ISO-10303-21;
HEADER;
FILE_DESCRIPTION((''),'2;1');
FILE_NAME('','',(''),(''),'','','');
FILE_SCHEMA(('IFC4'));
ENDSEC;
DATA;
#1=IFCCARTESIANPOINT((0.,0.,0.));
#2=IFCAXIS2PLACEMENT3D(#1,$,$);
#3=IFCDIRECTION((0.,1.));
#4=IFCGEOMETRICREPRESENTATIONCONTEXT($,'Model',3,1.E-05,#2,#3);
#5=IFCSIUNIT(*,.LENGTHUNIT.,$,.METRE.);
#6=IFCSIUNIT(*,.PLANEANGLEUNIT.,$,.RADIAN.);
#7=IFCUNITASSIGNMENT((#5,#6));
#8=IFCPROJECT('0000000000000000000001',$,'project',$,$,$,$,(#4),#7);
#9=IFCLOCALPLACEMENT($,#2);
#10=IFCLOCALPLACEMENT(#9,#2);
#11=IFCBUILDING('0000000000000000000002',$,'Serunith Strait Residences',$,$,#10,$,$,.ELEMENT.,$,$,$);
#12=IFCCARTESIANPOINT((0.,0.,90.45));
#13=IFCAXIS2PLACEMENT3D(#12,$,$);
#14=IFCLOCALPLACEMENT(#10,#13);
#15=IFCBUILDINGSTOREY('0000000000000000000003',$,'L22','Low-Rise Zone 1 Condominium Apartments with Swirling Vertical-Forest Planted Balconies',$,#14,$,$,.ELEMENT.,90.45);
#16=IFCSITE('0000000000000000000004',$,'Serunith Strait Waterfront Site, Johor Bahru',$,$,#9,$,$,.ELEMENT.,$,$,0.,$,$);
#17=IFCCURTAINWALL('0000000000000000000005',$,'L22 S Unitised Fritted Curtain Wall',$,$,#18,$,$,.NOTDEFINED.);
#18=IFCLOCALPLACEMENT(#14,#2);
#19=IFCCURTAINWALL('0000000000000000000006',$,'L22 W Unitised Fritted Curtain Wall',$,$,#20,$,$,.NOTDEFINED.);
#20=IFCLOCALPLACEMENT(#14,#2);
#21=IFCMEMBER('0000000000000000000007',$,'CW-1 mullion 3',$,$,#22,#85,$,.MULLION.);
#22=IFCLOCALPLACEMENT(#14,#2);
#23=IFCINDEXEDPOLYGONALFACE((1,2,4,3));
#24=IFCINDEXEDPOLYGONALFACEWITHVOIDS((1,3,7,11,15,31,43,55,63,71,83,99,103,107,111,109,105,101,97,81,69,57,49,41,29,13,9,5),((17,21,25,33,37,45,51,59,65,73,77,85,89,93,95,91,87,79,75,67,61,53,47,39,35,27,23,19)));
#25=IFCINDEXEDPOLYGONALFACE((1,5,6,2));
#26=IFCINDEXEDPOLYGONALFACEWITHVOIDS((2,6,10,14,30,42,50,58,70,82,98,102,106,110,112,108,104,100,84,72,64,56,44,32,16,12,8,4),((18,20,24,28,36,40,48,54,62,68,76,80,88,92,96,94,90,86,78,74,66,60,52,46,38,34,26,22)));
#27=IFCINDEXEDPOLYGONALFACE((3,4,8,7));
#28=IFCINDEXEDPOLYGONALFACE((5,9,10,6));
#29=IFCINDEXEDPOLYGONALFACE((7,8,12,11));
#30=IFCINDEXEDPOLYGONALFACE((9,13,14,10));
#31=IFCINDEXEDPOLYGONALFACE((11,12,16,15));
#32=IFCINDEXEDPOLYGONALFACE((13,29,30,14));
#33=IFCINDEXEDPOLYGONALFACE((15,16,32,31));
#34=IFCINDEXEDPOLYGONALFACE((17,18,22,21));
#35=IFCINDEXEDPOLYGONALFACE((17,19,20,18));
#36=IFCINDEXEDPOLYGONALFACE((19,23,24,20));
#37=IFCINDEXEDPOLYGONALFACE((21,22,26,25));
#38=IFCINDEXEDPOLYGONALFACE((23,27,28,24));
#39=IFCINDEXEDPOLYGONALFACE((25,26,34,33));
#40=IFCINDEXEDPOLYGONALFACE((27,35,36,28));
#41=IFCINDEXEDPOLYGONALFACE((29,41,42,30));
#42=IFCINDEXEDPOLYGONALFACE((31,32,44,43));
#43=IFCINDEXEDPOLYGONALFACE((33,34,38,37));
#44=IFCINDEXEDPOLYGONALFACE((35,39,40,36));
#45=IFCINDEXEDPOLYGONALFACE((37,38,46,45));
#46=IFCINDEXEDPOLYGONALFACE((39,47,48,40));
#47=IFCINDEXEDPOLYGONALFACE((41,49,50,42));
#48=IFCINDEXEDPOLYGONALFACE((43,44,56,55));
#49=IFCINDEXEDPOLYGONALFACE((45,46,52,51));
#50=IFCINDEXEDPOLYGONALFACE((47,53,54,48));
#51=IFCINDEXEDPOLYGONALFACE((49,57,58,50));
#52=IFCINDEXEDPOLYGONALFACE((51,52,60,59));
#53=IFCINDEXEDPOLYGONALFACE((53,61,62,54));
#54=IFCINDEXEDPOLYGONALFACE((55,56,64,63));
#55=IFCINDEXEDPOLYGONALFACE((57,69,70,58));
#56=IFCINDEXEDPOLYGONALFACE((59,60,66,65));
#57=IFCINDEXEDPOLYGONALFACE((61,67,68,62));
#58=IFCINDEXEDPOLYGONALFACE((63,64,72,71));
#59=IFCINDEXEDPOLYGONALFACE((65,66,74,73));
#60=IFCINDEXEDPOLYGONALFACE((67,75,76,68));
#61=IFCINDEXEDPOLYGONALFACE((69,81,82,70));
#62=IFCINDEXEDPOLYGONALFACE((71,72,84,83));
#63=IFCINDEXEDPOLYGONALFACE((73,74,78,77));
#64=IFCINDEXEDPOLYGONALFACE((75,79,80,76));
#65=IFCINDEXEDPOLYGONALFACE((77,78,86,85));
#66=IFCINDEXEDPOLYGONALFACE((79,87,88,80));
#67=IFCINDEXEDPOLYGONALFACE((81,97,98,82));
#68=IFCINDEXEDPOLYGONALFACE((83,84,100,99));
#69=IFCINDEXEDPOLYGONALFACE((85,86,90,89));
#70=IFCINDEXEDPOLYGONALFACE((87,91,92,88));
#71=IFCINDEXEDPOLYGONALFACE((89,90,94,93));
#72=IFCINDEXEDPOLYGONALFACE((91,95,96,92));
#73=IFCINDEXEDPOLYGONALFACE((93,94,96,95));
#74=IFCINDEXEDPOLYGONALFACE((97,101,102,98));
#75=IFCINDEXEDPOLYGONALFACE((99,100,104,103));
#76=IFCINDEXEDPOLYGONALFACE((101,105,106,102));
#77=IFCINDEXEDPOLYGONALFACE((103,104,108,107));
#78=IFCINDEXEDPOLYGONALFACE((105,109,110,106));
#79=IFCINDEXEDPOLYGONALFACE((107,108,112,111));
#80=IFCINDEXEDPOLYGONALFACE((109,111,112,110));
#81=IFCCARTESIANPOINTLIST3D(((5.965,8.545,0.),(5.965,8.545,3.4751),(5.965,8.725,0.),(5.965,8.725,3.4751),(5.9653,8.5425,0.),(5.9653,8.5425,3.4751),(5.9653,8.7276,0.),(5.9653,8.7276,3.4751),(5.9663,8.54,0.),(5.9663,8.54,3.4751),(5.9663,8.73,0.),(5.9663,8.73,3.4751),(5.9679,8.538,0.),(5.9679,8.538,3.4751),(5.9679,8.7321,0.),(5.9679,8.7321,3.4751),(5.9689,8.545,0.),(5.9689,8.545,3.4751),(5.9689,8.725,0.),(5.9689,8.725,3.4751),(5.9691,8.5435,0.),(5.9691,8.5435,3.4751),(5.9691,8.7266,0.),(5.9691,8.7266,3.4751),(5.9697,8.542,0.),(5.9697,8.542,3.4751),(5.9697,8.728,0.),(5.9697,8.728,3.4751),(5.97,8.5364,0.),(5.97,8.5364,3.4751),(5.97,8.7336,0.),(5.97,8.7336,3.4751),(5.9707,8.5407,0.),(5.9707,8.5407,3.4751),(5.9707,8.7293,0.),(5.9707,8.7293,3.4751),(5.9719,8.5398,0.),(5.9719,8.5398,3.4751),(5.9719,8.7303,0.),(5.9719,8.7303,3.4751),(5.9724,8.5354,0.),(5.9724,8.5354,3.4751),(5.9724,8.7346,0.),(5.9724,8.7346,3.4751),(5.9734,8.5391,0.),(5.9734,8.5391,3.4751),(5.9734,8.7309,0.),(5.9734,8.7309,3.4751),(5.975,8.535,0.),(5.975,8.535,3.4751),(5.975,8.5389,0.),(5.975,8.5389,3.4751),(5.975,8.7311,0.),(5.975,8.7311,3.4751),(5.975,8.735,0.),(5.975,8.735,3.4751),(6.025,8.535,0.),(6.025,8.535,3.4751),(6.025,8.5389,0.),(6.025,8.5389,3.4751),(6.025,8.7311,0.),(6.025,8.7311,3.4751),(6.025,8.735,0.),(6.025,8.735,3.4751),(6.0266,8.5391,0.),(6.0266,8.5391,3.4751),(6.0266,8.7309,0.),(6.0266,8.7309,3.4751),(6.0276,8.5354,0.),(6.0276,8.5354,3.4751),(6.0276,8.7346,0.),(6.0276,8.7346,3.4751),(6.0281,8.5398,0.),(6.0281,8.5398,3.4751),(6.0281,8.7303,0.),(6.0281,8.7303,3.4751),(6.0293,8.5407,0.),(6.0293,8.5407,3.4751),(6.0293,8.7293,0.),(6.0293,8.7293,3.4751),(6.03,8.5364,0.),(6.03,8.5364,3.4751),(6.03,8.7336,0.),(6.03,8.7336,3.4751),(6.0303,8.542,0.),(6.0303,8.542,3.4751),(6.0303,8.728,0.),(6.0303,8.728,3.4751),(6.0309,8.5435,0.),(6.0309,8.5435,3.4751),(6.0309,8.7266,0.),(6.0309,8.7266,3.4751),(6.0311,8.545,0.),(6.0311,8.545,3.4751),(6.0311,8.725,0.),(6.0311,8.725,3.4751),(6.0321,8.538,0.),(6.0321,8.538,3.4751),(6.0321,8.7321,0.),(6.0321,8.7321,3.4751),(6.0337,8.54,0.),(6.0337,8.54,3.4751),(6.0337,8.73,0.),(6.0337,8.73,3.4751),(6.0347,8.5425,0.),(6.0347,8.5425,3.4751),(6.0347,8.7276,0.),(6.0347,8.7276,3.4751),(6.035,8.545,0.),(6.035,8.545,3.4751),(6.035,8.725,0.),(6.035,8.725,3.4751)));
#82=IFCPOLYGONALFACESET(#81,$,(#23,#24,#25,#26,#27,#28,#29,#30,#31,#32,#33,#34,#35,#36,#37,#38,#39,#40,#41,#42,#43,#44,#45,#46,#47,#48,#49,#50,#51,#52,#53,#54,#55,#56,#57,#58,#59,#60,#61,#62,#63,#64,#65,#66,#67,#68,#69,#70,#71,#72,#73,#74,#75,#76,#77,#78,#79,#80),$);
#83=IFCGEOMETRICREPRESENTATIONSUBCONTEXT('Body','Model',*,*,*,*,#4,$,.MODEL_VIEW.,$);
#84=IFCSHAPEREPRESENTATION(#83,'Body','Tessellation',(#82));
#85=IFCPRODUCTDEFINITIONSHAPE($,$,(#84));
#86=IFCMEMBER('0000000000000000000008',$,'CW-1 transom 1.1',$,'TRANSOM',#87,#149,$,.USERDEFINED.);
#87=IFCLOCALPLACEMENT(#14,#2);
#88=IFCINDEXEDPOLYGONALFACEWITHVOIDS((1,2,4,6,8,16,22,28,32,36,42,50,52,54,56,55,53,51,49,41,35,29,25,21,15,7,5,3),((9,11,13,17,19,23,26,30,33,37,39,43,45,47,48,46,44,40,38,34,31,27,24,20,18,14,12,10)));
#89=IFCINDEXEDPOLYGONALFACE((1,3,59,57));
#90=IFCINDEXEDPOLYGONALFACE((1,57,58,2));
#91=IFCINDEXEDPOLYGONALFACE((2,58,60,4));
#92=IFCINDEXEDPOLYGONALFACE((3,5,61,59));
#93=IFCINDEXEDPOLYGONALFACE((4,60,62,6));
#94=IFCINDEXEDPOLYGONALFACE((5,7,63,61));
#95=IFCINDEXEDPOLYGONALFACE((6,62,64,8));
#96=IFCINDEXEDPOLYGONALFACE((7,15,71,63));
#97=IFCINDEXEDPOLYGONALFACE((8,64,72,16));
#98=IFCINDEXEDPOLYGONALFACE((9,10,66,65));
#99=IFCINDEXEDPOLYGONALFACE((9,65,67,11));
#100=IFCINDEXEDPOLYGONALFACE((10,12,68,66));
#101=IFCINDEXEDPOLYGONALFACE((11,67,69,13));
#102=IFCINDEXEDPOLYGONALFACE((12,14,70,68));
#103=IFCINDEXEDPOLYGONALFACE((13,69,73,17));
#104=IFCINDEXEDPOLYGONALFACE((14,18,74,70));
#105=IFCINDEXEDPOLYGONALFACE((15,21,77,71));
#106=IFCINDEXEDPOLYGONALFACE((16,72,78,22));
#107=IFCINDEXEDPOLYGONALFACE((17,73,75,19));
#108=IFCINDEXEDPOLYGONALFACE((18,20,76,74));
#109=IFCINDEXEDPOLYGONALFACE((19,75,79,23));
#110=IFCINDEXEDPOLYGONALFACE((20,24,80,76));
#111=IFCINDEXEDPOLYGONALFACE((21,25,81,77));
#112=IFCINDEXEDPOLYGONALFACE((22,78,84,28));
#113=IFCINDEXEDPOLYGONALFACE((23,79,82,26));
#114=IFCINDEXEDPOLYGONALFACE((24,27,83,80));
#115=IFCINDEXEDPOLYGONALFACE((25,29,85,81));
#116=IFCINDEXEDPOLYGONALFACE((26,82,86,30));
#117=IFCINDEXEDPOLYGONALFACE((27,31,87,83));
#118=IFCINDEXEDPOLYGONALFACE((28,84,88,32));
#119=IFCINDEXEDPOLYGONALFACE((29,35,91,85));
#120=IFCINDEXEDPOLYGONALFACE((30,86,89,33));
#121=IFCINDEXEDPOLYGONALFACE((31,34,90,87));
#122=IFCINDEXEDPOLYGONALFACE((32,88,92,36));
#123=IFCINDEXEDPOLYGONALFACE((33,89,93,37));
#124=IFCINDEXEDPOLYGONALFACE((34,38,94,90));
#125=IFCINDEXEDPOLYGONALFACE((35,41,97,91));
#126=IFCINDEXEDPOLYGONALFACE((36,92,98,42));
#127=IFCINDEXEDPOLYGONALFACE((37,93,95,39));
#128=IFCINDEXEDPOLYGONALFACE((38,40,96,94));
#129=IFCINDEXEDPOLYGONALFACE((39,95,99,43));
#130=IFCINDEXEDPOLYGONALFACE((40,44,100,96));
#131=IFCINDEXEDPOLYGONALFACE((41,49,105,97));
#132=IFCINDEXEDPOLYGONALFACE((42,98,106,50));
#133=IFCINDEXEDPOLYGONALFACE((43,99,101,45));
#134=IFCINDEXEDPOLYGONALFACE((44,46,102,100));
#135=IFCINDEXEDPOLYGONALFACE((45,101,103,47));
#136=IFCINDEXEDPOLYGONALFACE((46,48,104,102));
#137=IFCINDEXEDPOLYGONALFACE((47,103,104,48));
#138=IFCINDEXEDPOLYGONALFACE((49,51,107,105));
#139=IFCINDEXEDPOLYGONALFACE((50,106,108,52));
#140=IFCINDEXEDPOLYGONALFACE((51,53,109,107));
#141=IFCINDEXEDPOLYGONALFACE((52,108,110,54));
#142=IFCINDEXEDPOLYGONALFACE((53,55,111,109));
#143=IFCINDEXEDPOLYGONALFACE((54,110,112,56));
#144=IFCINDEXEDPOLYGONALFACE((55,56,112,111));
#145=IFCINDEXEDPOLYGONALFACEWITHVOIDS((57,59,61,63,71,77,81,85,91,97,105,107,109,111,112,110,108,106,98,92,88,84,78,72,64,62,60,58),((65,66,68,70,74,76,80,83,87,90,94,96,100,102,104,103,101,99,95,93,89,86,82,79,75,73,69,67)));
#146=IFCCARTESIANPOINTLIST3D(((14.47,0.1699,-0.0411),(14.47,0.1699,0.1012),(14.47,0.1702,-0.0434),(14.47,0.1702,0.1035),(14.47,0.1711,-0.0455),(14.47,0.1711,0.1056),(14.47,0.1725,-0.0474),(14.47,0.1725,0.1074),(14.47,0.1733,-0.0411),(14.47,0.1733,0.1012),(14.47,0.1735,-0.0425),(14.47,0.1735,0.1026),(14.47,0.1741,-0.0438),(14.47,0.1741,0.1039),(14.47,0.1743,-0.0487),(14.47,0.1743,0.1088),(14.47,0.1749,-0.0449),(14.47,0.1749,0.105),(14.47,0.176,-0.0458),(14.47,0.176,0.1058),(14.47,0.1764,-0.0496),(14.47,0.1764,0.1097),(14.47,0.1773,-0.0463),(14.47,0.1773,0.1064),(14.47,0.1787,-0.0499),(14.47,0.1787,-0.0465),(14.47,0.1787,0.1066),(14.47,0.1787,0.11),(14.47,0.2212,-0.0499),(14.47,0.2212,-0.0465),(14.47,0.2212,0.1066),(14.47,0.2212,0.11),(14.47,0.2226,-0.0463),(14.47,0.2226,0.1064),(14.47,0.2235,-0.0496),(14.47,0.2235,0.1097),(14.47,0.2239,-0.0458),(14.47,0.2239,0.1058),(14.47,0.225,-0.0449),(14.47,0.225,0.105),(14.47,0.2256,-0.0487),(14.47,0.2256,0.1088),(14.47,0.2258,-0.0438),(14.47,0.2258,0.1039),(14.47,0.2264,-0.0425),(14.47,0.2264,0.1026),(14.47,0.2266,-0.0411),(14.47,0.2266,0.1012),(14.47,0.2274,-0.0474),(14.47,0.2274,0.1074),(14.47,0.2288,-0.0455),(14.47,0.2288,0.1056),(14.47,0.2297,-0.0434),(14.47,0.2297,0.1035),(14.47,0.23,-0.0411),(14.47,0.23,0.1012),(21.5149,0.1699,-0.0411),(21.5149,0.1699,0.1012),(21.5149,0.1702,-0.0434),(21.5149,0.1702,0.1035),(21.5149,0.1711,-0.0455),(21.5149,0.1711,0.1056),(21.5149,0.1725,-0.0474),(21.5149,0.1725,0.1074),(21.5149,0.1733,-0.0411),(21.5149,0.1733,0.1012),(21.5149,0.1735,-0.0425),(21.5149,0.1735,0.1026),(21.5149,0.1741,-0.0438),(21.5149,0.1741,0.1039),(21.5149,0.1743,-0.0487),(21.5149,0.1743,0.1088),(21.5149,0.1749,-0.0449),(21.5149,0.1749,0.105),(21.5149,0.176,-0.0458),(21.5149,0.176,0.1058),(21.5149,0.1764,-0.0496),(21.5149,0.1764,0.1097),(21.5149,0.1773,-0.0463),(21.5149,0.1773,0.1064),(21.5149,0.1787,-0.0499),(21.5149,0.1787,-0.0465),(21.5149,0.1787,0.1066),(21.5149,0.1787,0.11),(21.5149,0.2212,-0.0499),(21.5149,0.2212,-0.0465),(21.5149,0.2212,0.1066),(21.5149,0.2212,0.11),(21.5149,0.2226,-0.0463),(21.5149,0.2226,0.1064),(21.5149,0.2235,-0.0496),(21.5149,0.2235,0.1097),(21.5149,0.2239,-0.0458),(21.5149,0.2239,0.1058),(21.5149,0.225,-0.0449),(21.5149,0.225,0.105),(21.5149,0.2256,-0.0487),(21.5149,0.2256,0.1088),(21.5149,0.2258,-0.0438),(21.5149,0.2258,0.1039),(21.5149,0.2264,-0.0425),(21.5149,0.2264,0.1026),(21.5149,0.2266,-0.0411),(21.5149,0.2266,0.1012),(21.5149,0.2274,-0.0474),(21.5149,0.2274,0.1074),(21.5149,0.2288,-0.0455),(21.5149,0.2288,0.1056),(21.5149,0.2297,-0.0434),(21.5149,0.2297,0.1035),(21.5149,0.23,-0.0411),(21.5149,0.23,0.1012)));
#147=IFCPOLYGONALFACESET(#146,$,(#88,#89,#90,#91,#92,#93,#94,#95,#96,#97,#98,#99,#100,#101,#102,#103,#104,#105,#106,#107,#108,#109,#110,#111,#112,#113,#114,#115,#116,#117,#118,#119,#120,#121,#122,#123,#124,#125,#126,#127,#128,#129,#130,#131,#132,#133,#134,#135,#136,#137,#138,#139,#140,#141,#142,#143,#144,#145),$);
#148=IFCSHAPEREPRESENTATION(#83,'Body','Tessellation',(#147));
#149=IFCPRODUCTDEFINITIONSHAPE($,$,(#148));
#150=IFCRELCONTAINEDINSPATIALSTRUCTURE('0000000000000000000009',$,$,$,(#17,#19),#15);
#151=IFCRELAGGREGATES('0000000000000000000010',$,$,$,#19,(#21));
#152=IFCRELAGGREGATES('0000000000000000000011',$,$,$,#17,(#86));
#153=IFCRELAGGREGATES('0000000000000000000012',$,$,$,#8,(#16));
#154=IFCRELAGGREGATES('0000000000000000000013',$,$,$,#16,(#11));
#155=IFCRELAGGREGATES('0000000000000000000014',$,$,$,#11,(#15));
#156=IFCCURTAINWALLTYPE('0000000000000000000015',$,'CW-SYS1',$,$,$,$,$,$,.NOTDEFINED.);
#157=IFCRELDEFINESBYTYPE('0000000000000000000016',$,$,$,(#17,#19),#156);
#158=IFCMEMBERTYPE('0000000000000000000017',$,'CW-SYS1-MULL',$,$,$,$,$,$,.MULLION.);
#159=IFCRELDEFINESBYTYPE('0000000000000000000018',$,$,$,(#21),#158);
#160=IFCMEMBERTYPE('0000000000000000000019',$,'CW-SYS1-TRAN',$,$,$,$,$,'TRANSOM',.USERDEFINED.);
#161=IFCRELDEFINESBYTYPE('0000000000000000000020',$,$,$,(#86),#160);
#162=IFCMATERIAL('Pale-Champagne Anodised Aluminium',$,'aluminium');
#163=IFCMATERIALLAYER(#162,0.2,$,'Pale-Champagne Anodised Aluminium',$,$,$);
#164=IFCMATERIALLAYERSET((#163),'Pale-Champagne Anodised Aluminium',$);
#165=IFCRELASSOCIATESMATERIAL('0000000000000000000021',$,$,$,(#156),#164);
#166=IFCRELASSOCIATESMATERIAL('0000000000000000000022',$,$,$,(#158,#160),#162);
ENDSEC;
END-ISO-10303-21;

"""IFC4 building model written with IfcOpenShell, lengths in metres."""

from ifc_helpers import new_model, si_unit, direction, frame, origin, origin_2d, place, context, subcontext, project, spatial, hollow_rectangle, extrude, source, transform, mapped, material, layer, layer_set, material_profile, profile_set, type_object, element, aggregate, save


model = new_model("IFC4")

# Units and contexts
model_context = context("Model", 3, precision=1e-05, world=origin(), true_north=direction((0.0, 1.0)))
body_context = subcontext(model_context, "Body", "Model", "MODEL_VIEW")
ifc_project = project(units=[si_unit("LENGTHUNIT", "METRE"), si_unit("PLANEANGLEUNIT", "RADIAN")], contexts=[model_context])

# Site, building, storey
site_placement = place(None, origin())
site = spatial("IfcSite", under=ifc_project, at=site_placement, Name="Serunith Strait Waterfront Site, Johor Bahru", CompositionType="ELEMENT", RefElevation=0.0)
building_placement = place(site_placement, origin())
building = spatial("IfcBuilding", under=site, at=building_placement, Name="Serunith Strait Residences", CompositionType="ELEMENT")
storey_placement = place(building_placement, frame((0.0, 0.0, 90.45)))
storey = spatial("IfcBuildingStorey", under=building, at=storey_placement, Name="L22", Description="Low-Rise Zone 1 Condominium Apartments with Swirling Vertical-Forest Planted Balconies", CompositionType="ELEMENT", Elevation=90.45)

# Curtain walls, member
ifc_material_1 = material(Name="Pale-Champagne Anodised Aluminium", Category="aluminium")
ifc_layer_1 = layer(ifc_material_1, 0.2, Name="Pale-Champagne Anodised Aluminium")
ifc_layer_set_1 = layer_set([ifc_layer_1], Name="Pale-Champagne Anodised Aluminium")
curtain_wall_type = type_object("IfcCurtainWallType", Name="CW-SYS1", PredefinedType="NOTDEFINED", material=ifc_layer_set_1)
curtain_wall_1_placement = place(storey_placement, origin())
curtain_wall_1 = element("IfcCurtainWall", 1, at=curtain_wall_1_placement, inside=storey, type_object=curtain_wall_type, Name="L22 S Unitised Fritted Curtain Wall", PredefinedType="NOTDEFINED")
ifc_material_profile_1 = material_profile(ifc_material_1, hollow_rectangle(XDim=0.0701, YDim=0.2, WallThickness=0.0039, InnerFilletRadius=0.0061, OuterFilletRadius=0.01, at=origin_2d()), Name="ALU 200x70x4")
ifc_profile_set_1 = profile_set([ifc_material_profile_1], Name="Pale-Champagne Anodised Aluminium")
member_type_1 = type_object("IfcMemberType", Name="CW-SYS1-MULL", PredefinedType="MULLION", material=ifc_profile_set_1)
shared_shape_1 = source(origin(), body_context, "Body", "SweptSolid", [
    extrude(hollow_rectangle(XDim=0.0701, YDim=0.2, WallThickness=0.0039, InnerFilletRadius=0.0061, OuterFilletRadius=0.01, at=origin_2d()), origin(), (0.0, 0.0, 1.0), 3.4751),
])
curtain_wall_2_placement = place(storey_placement, origin())
curtain_wall_2 = element("IfcCurtainWall", 2, at=curtain_wall_2_placement, inside=storey, type_object=curtain_wall_type, Name="L22 W Unitised Fritted Curtain Wall", PredefinedType="NOTDEFINED")
member_1_placement = place(storey_placement, frame((6.0, 8.635, 0.0), z_axis=(0.0, 0.0, 1.0), x_axis=(1.0, 0.0, 0.0)))
member_1 = element("IfcMember", 3, at=member_1_placement, type_object=member_type_1, Name="CW-1 mullion 3", PredefinedType="MULLION", context=body_context, shape_type="MappedRepresentation", body=[
    mapped(shared_shape_1, transform((0.0, 0.0, 0.0), scale=1.0)),
])
aggregate(curtain_wall_2, [member_1])

# Member
ifc_material_profile_2 = material_profile(ifc_material_1, hollow_rectangle(XDim=0.0601, YDim=0.1599, WallThickness=0.0034, InnerFilletRadius=0.0054, OuterFilletRadius=0.0088, at=origin_2d()), Name="ALU 160x60x3.5")
ifc_profile_set_2 = profile_set([ifc_material_profile_2], Name="Pale-Champagne Anodised Aluminium")
member_type_2 = type_object("IfcMemberType", Name="CW-SYS1-TRAN", ElementType="TRANSOM", PredefinedType="USERDEFINED", material=ifc_profile_set_2)
shared_shape_2 = source(origin(), body_context, "Body", "SweptSolid", [
    extrude(hollow_rectangle(XDim=0.0601, YDim=0.1599, WallThickness=0.0034, InnerFilletRadius=0.0054, OuterFilletRadius=0.0088, at=origin_2d()), origin(), (0.0, 0.0, 1.0), 7.0449),
])
member_2_placement = place(storey_placement, frame((14.47, 0.2, 0.03), z_axis=(1.0, 0.0, 0.0), x_axis=(0.0, 1.0, 0.0)))
member_2 = element("IfcMember", 4, at=member_2_placement, type_object=member_type_2, Name="CW-1 transom 1.1", ObjectType="TRANSOM", PredefinedType="USERDEFINED", context=body_context, shape_type="MappedRepresentation", body=[
    mapped(shared_shape_2, transform((0.0, 0.0, 0.0), scale=1.0)),
])
aggregate(curtain_wall_1, [member_2])

save(model, "model.ifc")
